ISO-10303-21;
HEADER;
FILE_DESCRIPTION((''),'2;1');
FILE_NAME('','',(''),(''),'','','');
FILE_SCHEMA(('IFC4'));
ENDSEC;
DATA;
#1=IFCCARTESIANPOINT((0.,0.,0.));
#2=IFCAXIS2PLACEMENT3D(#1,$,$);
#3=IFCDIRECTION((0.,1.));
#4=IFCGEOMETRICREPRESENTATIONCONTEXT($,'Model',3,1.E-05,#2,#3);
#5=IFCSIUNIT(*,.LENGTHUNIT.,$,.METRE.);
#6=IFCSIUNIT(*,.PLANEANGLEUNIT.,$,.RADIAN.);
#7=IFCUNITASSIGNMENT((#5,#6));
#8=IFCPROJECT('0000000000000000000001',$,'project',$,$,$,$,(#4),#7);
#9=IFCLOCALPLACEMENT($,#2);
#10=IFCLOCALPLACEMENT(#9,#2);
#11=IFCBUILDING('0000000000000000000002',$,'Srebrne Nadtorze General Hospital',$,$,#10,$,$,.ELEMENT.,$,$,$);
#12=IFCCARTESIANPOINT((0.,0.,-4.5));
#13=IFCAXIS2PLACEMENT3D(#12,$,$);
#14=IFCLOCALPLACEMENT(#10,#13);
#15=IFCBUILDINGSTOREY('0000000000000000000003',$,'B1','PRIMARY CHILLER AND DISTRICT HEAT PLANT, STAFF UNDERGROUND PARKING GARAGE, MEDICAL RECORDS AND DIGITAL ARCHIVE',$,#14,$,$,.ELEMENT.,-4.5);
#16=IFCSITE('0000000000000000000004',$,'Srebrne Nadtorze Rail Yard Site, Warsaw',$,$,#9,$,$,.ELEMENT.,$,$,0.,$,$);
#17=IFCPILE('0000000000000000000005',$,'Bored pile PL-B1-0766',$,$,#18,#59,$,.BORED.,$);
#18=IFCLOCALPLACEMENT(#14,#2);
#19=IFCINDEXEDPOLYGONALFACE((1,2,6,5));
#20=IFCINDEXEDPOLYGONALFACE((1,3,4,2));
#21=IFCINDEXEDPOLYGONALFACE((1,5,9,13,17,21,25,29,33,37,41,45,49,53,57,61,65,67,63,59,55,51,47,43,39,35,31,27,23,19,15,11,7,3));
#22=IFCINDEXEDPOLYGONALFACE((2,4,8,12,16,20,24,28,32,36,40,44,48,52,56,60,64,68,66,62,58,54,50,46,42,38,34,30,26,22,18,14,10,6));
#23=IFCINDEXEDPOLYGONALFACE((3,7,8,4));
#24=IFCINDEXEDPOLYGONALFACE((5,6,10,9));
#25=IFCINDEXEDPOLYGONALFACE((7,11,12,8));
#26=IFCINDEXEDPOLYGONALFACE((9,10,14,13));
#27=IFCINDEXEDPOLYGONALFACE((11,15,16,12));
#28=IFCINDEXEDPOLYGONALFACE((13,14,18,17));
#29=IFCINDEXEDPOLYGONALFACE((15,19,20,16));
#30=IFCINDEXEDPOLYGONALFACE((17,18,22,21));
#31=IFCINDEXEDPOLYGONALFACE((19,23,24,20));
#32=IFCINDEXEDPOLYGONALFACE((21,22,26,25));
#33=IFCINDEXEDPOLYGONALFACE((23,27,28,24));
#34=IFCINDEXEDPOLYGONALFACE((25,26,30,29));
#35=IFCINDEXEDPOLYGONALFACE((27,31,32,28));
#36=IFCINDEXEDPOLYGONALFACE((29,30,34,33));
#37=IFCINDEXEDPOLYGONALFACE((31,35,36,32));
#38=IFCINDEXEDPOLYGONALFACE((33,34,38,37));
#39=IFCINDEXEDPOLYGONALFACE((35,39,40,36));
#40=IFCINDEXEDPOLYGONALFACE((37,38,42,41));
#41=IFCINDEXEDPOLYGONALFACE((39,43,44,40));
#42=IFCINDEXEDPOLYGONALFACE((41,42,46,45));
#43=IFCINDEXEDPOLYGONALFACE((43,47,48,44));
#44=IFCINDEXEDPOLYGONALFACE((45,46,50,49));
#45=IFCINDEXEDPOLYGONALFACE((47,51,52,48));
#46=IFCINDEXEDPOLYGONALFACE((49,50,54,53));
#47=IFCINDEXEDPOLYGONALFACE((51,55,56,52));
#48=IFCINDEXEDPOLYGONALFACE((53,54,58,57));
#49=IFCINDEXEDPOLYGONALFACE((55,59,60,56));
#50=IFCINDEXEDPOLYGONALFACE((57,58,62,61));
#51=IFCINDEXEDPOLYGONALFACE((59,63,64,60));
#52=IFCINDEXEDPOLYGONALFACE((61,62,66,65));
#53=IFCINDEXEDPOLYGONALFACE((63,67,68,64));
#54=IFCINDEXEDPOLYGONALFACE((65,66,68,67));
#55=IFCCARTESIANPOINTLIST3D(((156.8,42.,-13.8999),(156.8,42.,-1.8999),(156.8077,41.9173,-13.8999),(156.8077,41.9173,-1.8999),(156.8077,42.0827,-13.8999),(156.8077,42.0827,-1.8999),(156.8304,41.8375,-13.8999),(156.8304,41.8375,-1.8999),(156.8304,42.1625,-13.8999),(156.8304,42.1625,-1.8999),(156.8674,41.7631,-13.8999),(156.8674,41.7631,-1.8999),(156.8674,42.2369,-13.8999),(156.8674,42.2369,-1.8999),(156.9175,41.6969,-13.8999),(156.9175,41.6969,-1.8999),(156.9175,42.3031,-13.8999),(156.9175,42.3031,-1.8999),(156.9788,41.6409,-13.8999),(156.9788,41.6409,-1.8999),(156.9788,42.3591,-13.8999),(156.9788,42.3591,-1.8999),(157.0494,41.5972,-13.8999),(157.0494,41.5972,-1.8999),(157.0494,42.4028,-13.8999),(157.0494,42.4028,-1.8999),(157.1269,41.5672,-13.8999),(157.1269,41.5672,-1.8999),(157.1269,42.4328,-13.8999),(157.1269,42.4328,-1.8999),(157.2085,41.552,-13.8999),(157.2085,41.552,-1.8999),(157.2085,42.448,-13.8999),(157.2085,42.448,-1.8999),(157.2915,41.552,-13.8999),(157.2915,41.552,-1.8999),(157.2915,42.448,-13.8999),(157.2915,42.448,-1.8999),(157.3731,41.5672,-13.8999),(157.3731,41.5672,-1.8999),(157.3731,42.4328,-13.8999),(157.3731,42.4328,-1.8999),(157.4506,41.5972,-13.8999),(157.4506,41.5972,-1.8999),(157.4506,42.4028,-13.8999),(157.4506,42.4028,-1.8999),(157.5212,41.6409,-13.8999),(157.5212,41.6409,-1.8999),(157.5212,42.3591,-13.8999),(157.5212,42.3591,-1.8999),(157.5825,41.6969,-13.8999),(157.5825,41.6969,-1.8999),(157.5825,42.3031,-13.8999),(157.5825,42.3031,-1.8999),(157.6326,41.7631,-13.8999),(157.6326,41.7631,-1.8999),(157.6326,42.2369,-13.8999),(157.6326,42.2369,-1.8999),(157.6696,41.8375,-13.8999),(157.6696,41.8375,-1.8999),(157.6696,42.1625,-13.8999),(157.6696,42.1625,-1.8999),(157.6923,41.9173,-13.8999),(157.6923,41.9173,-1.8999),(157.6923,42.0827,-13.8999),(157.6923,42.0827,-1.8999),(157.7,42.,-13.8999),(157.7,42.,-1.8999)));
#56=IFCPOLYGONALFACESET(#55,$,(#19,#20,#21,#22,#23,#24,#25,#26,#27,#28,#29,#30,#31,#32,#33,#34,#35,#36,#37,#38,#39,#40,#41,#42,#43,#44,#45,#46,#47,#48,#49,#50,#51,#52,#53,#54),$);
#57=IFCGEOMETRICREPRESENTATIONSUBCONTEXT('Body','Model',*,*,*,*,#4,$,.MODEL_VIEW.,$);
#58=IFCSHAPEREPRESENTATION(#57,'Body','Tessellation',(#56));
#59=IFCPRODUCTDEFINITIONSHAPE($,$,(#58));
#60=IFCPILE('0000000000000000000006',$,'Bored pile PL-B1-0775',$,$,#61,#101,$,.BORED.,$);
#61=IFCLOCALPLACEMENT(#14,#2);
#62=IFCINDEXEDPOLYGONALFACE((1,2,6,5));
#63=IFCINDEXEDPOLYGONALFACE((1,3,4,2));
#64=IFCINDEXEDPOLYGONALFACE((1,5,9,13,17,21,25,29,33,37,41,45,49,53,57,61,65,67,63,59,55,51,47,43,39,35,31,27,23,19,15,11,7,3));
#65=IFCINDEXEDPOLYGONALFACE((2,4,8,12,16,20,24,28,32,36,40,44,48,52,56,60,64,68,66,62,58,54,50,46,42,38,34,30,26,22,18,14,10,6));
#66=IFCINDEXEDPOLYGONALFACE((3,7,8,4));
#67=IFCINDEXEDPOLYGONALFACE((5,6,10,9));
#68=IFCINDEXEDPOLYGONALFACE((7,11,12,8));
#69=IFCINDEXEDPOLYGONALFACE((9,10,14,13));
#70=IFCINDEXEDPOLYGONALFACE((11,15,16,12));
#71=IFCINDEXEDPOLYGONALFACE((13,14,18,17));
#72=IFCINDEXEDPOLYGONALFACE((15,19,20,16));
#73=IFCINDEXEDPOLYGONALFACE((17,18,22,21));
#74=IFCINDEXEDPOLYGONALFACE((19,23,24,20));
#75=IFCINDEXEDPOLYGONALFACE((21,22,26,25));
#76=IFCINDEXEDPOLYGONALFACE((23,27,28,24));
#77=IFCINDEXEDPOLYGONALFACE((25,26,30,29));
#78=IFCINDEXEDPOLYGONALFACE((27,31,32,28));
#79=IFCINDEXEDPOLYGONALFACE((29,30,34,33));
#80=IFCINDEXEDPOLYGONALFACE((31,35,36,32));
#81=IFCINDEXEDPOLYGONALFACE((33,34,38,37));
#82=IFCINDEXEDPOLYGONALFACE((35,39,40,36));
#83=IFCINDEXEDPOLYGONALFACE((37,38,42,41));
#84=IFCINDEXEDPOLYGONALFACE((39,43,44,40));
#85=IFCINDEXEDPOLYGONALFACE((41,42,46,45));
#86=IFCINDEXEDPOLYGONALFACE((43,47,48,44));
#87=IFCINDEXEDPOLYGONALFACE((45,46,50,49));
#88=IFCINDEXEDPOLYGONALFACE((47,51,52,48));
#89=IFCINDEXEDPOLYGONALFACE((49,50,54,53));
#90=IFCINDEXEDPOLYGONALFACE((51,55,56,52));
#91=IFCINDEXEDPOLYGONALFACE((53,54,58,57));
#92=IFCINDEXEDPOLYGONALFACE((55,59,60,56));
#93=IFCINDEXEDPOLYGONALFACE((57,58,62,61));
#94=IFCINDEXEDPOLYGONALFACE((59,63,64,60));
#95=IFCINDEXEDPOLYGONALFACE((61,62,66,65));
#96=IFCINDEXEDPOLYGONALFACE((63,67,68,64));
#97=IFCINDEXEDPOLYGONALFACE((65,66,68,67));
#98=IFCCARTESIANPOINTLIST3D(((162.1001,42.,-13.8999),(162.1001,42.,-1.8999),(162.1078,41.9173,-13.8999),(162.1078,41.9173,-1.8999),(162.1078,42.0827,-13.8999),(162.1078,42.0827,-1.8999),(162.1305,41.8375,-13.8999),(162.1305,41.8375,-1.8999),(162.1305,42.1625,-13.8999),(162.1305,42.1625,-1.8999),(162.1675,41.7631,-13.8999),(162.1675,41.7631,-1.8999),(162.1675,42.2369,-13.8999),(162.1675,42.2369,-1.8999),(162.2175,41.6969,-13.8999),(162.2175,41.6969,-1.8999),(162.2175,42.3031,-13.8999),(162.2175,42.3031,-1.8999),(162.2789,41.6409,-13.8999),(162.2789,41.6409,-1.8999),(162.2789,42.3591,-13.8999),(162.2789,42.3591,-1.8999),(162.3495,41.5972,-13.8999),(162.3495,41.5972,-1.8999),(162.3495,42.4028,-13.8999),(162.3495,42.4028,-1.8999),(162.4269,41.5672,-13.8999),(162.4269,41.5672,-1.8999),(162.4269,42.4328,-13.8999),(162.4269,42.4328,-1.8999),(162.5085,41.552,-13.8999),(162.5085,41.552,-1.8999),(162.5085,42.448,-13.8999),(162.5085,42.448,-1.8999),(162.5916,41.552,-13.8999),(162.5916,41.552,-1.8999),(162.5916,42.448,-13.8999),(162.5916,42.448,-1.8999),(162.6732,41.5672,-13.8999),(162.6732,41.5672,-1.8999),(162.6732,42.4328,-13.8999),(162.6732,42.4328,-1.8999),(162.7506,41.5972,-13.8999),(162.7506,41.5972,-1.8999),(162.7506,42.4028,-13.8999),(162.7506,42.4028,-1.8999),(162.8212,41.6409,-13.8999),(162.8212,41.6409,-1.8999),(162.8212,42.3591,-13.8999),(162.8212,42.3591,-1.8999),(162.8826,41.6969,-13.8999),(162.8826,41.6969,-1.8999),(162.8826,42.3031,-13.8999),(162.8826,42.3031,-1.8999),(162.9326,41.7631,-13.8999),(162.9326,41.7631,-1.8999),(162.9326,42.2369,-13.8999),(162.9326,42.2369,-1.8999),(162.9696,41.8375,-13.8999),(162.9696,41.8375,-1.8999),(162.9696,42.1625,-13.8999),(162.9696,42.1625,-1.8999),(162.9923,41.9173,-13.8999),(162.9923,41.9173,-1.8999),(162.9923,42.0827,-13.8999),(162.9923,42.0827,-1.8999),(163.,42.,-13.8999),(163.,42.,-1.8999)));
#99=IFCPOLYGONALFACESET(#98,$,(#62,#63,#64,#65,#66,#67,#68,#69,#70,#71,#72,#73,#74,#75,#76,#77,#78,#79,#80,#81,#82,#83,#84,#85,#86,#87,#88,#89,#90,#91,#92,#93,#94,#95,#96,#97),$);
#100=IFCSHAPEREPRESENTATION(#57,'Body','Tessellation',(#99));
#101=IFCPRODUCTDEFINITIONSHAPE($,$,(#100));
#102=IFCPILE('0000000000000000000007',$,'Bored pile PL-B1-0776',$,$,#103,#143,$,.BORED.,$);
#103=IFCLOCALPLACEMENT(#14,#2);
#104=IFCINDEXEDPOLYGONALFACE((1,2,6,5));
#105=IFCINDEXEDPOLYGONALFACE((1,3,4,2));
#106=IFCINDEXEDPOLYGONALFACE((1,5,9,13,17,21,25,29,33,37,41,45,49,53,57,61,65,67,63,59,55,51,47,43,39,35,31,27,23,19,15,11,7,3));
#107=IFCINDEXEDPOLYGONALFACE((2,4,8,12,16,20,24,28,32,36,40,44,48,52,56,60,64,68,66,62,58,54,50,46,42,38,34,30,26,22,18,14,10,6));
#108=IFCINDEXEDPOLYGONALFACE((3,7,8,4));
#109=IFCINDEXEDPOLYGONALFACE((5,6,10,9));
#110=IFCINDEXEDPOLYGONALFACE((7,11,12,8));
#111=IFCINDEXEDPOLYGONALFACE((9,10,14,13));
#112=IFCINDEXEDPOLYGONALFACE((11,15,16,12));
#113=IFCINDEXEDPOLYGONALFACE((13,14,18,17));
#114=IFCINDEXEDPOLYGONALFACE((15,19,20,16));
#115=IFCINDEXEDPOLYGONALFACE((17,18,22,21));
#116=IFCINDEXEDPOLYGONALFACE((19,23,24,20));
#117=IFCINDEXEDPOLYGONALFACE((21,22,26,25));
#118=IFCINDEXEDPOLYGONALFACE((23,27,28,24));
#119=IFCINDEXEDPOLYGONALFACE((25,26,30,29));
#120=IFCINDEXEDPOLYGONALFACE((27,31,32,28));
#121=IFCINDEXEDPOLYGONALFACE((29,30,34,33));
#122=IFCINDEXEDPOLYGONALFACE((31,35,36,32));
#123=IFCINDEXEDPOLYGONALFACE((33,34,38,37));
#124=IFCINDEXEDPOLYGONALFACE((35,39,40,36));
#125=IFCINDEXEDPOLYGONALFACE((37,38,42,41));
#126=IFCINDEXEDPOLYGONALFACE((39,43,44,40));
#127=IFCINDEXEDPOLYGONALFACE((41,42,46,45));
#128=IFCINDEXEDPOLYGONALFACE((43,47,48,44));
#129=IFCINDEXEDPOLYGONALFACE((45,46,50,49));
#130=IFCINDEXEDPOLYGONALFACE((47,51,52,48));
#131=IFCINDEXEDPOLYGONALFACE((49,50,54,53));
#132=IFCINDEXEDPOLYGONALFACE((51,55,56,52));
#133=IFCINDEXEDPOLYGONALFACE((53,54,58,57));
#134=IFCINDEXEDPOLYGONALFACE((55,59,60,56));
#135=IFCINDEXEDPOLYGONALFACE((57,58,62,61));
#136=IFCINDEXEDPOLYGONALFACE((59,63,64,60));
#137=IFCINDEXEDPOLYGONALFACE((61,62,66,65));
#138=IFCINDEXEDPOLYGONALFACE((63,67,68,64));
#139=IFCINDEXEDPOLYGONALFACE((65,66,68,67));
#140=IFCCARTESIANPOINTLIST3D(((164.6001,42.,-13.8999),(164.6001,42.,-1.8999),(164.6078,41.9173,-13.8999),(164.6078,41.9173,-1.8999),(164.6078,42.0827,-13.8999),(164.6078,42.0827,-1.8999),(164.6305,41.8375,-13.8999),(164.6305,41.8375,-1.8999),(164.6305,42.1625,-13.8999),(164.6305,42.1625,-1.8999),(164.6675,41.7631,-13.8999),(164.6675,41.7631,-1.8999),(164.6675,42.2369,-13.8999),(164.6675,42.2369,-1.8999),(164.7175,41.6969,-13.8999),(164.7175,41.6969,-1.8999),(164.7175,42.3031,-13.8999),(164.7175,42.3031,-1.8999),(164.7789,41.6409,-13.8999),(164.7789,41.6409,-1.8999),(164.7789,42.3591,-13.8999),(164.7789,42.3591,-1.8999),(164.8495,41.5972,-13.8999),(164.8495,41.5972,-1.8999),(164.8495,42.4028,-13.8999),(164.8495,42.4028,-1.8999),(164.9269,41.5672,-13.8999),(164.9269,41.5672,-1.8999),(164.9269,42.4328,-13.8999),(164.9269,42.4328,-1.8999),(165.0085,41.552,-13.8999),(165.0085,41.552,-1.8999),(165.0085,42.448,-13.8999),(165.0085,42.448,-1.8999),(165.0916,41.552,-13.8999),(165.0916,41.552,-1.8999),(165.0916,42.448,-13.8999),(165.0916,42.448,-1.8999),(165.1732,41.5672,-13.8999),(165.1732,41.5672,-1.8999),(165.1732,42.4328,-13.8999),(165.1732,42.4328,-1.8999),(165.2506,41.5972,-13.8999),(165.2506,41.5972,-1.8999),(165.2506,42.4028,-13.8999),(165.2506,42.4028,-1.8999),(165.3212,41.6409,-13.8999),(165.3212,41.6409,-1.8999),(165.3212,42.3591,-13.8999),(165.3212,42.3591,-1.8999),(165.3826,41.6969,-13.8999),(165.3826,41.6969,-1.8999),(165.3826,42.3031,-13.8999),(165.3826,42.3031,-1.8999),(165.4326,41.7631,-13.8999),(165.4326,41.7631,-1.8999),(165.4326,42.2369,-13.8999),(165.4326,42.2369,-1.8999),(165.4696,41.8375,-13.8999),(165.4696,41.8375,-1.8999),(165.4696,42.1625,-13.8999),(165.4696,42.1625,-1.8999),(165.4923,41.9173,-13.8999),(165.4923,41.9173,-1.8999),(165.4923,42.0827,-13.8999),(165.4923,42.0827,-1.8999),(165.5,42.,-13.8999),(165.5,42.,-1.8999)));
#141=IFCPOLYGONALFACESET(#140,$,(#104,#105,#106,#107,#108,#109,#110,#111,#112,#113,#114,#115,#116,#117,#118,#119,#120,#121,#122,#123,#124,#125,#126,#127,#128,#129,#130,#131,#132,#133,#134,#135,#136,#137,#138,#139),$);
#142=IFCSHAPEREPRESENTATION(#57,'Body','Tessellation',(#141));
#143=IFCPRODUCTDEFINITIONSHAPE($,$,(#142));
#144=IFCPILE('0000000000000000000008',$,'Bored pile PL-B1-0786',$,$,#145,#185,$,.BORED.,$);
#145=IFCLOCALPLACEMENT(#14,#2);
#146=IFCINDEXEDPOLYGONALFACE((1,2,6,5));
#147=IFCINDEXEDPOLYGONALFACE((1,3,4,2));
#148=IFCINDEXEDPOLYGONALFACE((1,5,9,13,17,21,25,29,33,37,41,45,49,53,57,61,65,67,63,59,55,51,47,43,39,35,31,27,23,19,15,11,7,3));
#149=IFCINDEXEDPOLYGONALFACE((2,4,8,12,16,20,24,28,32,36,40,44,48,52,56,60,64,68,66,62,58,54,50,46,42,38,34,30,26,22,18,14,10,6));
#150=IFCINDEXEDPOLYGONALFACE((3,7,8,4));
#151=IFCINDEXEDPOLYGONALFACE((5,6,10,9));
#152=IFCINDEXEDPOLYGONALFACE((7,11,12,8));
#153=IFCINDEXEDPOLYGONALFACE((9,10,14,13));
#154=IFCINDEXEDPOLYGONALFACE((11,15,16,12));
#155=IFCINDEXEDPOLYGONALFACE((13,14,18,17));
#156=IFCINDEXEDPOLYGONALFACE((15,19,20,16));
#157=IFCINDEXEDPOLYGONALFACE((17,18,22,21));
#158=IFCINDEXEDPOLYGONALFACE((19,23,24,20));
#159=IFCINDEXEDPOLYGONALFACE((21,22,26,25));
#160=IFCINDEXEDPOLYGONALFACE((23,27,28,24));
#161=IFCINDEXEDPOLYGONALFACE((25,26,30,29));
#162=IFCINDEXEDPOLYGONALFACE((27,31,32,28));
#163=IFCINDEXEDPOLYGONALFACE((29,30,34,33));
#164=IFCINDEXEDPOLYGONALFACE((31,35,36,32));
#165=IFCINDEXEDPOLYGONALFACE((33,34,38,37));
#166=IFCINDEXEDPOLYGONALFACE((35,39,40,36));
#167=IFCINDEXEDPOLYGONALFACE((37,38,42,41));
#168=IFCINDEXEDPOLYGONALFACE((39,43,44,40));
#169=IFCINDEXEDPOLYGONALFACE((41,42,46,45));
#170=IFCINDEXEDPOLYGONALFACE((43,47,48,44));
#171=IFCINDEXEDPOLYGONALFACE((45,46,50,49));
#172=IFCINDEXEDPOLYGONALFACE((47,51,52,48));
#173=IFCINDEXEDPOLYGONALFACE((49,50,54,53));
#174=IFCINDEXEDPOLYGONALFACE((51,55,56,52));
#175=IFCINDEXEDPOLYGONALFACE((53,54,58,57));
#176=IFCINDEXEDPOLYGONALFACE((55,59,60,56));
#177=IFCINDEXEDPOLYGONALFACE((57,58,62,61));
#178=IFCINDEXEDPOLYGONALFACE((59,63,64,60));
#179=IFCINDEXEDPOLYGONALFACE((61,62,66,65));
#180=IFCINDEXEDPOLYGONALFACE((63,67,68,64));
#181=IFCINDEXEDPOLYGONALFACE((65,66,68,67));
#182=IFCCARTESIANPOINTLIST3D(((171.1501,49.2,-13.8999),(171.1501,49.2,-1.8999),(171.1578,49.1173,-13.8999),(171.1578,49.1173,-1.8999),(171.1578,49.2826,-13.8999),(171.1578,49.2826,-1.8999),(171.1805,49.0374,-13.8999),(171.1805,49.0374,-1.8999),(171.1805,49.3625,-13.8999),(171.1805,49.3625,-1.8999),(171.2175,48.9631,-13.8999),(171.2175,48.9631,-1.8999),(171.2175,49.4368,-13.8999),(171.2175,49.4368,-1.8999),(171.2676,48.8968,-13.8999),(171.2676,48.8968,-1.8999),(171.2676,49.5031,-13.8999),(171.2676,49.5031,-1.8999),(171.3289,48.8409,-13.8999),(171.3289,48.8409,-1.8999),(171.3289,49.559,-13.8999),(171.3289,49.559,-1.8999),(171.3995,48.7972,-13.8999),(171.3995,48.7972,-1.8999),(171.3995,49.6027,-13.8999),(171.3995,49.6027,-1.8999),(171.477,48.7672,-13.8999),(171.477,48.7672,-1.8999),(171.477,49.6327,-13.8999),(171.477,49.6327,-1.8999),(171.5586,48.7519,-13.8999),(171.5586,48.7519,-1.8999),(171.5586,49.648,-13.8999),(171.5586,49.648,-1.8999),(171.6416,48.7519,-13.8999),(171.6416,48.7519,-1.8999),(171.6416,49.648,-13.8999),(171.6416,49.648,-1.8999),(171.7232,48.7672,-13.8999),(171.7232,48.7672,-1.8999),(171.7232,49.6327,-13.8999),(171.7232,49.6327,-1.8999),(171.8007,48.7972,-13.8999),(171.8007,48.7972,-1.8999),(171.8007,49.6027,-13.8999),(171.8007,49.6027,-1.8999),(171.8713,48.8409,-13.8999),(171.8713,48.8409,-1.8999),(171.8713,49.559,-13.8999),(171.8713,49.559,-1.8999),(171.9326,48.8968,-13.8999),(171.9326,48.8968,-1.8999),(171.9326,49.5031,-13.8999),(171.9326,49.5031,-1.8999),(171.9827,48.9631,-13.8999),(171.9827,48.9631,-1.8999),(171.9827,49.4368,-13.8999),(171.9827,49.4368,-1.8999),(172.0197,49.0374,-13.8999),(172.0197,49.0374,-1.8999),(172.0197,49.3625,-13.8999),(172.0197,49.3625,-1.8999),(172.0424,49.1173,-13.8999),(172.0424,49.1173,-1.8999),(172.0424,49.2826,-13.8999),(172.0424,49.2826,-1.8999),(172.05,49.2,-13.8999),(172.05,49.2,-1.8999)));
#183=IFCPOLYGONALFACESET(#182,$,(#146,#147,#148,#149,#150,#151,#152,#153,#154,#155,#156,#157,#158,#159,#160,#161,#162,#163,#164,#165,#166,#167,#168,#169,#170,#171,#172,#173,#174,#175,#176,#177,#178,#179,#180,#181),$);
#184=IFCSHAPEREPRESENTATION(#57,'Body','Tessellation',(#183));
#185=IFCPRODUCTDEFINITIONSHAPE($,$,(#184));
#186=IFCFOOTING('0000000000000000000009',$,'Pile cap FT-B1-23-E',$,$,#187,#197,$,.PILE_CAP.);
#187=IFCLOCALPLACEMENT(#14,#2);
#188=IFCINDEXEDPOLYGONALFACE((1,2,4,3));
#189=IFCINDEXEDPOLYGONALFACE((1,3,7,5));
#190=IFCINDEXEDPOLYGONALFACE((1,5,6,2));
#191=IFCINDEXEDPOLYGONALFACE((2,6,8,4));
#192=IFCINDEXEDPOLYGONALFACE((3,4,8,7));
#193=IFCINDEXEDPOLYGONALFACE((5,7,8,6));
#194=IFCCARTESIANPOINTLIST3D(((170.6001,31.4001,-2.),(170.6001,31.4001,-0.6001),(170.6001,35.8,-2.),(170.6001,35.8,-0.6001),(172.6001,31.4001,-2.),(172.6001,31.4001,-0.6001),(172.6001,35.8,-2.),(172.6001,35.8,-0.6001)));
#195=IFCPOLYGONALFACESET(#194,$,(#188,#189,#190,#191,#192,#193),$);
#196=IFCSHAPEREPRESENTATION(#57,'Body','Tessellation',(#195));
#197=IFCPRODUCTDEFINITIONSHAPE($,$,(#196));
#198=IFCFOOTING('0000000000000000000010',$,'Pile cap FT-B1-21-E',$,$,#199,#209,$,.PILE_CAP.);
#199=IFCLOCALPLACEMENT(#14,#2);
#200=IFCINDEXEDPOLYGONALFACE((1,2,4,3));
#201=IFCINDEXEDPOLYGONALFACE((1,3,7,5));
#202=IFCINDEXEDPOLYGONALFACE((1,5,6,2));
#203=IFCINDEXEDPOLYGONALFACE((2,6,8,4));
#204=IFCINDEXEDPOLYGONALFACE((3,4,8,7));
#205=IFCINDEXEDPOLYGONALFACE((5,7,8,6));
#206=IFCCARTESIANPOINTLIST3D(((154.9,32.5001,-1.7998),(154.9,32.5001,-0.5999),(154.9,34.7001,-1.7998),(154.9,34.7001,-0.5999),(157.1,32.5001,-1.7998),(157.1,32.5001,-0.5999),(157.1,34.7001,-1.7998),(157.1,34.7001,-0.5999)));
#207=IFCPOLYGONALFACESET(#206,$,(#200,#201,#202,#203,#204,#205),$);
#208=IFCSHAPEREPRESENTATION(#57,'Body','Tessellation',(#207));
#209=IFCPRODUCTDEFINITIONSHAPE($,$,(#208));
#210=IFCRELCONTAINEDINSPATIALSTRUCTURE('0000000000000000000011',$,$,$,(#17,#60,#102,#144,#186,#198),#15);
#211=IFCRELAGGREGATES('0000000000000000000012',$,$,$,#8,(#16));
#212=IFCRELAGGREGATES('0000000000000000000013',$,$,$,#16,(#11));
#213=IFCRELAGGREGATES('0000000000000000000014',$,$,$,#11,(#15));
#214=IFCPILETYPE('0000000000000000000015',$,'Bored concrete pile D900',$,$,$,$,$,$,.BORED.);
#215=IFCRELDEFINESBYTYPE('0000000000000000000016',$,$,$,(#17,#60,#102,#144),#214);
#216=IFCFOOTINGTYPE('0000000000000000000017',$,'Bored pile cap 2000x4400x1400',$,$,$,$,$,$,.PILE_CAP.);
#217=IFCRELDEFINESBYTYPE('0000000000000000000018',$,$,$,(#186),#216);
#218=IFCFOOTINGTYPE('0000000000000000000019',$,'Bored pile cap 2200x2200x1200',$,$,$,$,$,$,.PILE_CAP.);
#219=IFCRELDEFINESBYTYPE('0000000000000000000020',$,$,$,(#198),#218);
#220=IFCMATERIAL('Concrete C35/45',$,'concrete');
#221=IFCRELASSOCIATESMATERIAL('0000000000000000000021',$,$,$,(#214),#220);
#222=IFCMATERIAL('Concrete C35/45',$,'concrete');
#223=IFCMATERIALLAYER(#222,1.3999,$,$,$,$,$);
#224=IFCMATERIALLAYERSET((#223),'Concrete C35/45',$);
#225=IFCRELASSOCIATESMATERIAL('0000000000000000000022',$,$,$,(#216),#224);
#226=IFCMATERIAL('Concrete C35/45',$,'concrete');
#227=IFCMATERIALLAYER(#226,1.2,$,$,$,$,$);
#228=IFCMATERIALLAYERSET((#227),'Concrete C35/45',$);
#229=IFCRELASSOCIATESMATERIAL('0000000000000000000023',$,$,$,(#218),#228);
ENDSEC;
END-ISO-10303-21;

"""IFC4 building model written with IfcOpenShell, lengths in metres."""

from ifc_helpers import new_model, si_unit, direction, frame, origin, origin_2d, place, context, subcontext, project, spatial, rectangle, circle, extrude, material, layer, layer_set, material_profile, profile_set, type_object, element, save


model = new_model("IFC4")

# Units and contexts
model_context = context("Model", 3, precision=1e-05, world=origin(), true_north=direction((0.0, 1.0)))
body_context = subcontext(model_context, "Body", "Model", "MODEL_VIEW")
ifc_project = project(units=[si_unit("LENGTHUNIT", "METRE"), si_unit("PLANEANGLEUNIT", "RADIAN")], contexts=[model_context])

# Site, building, storey
site_placement = place(None, origin())
site = spatial("IfcSite", under=ifc_project, at=site_placement, Name="Srebrne Nadtorze Rail Yard Site, Warsaw", CompositionType="ELEMENT", RefElevation=0.0)
building_placement = place(site_placement, origin())
building = spatial("IfcBuilding", under=site, at=building_placement, Name="Srebrne Nadtorze General Hospital", CompositionType="ELEMENT")
storey_placement = place(building_placement, frame((0.0, 0.0, -4.5)))
storey = spatial("IfcBuildingStorey", under=building, at=storey_placement, Name="B1", Description="PRIMARY CHILLER AND DISTRICT HEAT PLANT, STAFF UNDERGROUND PARKING GARAGE, MEDICAL RECORDS AND DIGITAL ARCHIVE", CompositionType="ELEMENT", Elevation=-4.5)

# Piles
ifc_material_1 = material(Name="Concrete C35/45", Category="concrete")
ifc_material_profile_1 = material_profile(ifc_material_1, circle(Radius=0.45, at=origin_2d()), Name="PILE-D900")
ifc_profile_set_1 = profile_set([ifc_material_profile_1], Name="Concrete C35/45")
pile_type_1 = type_object("IfcPileType", Name="Bored concrete pile D900", PredefinedType="BORED", material=ifc_profile_set_1)
for number, where, z_axis, x_axis, name in (
    (1, (157.25, 42.0, -1.8999), (0.0, 0.0, -1.0), (1.0, 0.0, 0.0), "Bored pile PL-B1-0766"),
    (2, (162.55, 42.0, -1.8999), (0.0, 0.0, -1.0), (1.0, 0.0, 0.0), "Bored pile PL-B1-0775"),
    (3, (165.05, 42.0, -1.8999), (0.0, 0.0, -1.0), (1.0, 0.0, 0.0), "Bored pile PL-B1-0776"),
    (4, (171.6001, 49.2, -1.8999), (0.0, 0.0, -1.0), (1.0, 0.0, 0.0), "Bored pile PL-B1-0786"),
):
    element("IfcPile", number, at=place(storey_placement, frame(where, z_axis=z_axis, x_axis=x_axis)), inside=storey, type_object=pile_type_1, Name=name, PredefinedType="BORED", context=body_context, shape_type="SweptSolid", body=[
        extrude(circle(Radius=0.45, at=origin_2d()), origin(), (0.0, 0.0, 1.0), 12.0),
    ])

# Footings
ifc_material_2 = material(Name="Concrete C35/45", Category="concrete")
ifc_layer_1 = layer(ifc_material_2, 1.3999)
ifc_layer_set_1 = layer_set([ifc_layer_1], Name="Concrete C35/45")
footing_type_1 = type_object("IfcFootingType", Name="Bored pile cap 2000x4400x1400", PredefinedType="PILE_CAP", material=ifc_layer_set_1)
footing_1_placement = place(storey_placement, frame((171.6001, 33.6001, -2.0), z_axis=(0.0, 0.0, 1.0), x_axis=(1.0, 0.0, 0.0)))
element("IfcFooting", 5, at=footing_1_placement, inside=storey, type_object=footing_type_1, Name="Pile cap FT-B1-23-E", PredefinedType="PILE_CAP", context=body_context, shape_type="SweptSolid", body=[
    extrude(rectangle(XDim=2.0, YDim=4.3999, at=origin_2d()), origin(), (0.0, 0.0, 1.0), 1.3999),
])
ifc_material_3 = material(Name="Concrete C35/45", Category="concrete")
ifc_layer_2 = layer(ifc_material_3, 1.2)
ifc_layer_set_2 = layer_set([ifc_layer_2], Name="Concrete C35/45")
footing_type_2 = type_object("IfcFootingType", Name="Bored pile cap 2200x2200x1200", PredefinedType="PILE_CAP", material=ifc_layer_set_2)
for number, where, z_axis, x_axis, name in (
    (6, (156.0, 33.6001, -1.7998), (0.0, 0.0, 1.0), (1.0, 0.0, 0.0), "Pile cap FT-B1-21-E"),
):
    element("IfcFooting", number, at=place(storey_placement, frame(where, z_axis=z_axis, x_axis=x_axis)), inside=storey, type_object=footing_type_2, Name=name, PredefinedType="PILE_CAP", context=body_context, shape_type="SweptSolid", body=[
        extrude(rectangle(XDim=2.2, YDim=2.2, at=origin_2d()), origin(), (0.0, 0.0, 1.0), 1.2),
    ])

save(model, "model.ifc")
